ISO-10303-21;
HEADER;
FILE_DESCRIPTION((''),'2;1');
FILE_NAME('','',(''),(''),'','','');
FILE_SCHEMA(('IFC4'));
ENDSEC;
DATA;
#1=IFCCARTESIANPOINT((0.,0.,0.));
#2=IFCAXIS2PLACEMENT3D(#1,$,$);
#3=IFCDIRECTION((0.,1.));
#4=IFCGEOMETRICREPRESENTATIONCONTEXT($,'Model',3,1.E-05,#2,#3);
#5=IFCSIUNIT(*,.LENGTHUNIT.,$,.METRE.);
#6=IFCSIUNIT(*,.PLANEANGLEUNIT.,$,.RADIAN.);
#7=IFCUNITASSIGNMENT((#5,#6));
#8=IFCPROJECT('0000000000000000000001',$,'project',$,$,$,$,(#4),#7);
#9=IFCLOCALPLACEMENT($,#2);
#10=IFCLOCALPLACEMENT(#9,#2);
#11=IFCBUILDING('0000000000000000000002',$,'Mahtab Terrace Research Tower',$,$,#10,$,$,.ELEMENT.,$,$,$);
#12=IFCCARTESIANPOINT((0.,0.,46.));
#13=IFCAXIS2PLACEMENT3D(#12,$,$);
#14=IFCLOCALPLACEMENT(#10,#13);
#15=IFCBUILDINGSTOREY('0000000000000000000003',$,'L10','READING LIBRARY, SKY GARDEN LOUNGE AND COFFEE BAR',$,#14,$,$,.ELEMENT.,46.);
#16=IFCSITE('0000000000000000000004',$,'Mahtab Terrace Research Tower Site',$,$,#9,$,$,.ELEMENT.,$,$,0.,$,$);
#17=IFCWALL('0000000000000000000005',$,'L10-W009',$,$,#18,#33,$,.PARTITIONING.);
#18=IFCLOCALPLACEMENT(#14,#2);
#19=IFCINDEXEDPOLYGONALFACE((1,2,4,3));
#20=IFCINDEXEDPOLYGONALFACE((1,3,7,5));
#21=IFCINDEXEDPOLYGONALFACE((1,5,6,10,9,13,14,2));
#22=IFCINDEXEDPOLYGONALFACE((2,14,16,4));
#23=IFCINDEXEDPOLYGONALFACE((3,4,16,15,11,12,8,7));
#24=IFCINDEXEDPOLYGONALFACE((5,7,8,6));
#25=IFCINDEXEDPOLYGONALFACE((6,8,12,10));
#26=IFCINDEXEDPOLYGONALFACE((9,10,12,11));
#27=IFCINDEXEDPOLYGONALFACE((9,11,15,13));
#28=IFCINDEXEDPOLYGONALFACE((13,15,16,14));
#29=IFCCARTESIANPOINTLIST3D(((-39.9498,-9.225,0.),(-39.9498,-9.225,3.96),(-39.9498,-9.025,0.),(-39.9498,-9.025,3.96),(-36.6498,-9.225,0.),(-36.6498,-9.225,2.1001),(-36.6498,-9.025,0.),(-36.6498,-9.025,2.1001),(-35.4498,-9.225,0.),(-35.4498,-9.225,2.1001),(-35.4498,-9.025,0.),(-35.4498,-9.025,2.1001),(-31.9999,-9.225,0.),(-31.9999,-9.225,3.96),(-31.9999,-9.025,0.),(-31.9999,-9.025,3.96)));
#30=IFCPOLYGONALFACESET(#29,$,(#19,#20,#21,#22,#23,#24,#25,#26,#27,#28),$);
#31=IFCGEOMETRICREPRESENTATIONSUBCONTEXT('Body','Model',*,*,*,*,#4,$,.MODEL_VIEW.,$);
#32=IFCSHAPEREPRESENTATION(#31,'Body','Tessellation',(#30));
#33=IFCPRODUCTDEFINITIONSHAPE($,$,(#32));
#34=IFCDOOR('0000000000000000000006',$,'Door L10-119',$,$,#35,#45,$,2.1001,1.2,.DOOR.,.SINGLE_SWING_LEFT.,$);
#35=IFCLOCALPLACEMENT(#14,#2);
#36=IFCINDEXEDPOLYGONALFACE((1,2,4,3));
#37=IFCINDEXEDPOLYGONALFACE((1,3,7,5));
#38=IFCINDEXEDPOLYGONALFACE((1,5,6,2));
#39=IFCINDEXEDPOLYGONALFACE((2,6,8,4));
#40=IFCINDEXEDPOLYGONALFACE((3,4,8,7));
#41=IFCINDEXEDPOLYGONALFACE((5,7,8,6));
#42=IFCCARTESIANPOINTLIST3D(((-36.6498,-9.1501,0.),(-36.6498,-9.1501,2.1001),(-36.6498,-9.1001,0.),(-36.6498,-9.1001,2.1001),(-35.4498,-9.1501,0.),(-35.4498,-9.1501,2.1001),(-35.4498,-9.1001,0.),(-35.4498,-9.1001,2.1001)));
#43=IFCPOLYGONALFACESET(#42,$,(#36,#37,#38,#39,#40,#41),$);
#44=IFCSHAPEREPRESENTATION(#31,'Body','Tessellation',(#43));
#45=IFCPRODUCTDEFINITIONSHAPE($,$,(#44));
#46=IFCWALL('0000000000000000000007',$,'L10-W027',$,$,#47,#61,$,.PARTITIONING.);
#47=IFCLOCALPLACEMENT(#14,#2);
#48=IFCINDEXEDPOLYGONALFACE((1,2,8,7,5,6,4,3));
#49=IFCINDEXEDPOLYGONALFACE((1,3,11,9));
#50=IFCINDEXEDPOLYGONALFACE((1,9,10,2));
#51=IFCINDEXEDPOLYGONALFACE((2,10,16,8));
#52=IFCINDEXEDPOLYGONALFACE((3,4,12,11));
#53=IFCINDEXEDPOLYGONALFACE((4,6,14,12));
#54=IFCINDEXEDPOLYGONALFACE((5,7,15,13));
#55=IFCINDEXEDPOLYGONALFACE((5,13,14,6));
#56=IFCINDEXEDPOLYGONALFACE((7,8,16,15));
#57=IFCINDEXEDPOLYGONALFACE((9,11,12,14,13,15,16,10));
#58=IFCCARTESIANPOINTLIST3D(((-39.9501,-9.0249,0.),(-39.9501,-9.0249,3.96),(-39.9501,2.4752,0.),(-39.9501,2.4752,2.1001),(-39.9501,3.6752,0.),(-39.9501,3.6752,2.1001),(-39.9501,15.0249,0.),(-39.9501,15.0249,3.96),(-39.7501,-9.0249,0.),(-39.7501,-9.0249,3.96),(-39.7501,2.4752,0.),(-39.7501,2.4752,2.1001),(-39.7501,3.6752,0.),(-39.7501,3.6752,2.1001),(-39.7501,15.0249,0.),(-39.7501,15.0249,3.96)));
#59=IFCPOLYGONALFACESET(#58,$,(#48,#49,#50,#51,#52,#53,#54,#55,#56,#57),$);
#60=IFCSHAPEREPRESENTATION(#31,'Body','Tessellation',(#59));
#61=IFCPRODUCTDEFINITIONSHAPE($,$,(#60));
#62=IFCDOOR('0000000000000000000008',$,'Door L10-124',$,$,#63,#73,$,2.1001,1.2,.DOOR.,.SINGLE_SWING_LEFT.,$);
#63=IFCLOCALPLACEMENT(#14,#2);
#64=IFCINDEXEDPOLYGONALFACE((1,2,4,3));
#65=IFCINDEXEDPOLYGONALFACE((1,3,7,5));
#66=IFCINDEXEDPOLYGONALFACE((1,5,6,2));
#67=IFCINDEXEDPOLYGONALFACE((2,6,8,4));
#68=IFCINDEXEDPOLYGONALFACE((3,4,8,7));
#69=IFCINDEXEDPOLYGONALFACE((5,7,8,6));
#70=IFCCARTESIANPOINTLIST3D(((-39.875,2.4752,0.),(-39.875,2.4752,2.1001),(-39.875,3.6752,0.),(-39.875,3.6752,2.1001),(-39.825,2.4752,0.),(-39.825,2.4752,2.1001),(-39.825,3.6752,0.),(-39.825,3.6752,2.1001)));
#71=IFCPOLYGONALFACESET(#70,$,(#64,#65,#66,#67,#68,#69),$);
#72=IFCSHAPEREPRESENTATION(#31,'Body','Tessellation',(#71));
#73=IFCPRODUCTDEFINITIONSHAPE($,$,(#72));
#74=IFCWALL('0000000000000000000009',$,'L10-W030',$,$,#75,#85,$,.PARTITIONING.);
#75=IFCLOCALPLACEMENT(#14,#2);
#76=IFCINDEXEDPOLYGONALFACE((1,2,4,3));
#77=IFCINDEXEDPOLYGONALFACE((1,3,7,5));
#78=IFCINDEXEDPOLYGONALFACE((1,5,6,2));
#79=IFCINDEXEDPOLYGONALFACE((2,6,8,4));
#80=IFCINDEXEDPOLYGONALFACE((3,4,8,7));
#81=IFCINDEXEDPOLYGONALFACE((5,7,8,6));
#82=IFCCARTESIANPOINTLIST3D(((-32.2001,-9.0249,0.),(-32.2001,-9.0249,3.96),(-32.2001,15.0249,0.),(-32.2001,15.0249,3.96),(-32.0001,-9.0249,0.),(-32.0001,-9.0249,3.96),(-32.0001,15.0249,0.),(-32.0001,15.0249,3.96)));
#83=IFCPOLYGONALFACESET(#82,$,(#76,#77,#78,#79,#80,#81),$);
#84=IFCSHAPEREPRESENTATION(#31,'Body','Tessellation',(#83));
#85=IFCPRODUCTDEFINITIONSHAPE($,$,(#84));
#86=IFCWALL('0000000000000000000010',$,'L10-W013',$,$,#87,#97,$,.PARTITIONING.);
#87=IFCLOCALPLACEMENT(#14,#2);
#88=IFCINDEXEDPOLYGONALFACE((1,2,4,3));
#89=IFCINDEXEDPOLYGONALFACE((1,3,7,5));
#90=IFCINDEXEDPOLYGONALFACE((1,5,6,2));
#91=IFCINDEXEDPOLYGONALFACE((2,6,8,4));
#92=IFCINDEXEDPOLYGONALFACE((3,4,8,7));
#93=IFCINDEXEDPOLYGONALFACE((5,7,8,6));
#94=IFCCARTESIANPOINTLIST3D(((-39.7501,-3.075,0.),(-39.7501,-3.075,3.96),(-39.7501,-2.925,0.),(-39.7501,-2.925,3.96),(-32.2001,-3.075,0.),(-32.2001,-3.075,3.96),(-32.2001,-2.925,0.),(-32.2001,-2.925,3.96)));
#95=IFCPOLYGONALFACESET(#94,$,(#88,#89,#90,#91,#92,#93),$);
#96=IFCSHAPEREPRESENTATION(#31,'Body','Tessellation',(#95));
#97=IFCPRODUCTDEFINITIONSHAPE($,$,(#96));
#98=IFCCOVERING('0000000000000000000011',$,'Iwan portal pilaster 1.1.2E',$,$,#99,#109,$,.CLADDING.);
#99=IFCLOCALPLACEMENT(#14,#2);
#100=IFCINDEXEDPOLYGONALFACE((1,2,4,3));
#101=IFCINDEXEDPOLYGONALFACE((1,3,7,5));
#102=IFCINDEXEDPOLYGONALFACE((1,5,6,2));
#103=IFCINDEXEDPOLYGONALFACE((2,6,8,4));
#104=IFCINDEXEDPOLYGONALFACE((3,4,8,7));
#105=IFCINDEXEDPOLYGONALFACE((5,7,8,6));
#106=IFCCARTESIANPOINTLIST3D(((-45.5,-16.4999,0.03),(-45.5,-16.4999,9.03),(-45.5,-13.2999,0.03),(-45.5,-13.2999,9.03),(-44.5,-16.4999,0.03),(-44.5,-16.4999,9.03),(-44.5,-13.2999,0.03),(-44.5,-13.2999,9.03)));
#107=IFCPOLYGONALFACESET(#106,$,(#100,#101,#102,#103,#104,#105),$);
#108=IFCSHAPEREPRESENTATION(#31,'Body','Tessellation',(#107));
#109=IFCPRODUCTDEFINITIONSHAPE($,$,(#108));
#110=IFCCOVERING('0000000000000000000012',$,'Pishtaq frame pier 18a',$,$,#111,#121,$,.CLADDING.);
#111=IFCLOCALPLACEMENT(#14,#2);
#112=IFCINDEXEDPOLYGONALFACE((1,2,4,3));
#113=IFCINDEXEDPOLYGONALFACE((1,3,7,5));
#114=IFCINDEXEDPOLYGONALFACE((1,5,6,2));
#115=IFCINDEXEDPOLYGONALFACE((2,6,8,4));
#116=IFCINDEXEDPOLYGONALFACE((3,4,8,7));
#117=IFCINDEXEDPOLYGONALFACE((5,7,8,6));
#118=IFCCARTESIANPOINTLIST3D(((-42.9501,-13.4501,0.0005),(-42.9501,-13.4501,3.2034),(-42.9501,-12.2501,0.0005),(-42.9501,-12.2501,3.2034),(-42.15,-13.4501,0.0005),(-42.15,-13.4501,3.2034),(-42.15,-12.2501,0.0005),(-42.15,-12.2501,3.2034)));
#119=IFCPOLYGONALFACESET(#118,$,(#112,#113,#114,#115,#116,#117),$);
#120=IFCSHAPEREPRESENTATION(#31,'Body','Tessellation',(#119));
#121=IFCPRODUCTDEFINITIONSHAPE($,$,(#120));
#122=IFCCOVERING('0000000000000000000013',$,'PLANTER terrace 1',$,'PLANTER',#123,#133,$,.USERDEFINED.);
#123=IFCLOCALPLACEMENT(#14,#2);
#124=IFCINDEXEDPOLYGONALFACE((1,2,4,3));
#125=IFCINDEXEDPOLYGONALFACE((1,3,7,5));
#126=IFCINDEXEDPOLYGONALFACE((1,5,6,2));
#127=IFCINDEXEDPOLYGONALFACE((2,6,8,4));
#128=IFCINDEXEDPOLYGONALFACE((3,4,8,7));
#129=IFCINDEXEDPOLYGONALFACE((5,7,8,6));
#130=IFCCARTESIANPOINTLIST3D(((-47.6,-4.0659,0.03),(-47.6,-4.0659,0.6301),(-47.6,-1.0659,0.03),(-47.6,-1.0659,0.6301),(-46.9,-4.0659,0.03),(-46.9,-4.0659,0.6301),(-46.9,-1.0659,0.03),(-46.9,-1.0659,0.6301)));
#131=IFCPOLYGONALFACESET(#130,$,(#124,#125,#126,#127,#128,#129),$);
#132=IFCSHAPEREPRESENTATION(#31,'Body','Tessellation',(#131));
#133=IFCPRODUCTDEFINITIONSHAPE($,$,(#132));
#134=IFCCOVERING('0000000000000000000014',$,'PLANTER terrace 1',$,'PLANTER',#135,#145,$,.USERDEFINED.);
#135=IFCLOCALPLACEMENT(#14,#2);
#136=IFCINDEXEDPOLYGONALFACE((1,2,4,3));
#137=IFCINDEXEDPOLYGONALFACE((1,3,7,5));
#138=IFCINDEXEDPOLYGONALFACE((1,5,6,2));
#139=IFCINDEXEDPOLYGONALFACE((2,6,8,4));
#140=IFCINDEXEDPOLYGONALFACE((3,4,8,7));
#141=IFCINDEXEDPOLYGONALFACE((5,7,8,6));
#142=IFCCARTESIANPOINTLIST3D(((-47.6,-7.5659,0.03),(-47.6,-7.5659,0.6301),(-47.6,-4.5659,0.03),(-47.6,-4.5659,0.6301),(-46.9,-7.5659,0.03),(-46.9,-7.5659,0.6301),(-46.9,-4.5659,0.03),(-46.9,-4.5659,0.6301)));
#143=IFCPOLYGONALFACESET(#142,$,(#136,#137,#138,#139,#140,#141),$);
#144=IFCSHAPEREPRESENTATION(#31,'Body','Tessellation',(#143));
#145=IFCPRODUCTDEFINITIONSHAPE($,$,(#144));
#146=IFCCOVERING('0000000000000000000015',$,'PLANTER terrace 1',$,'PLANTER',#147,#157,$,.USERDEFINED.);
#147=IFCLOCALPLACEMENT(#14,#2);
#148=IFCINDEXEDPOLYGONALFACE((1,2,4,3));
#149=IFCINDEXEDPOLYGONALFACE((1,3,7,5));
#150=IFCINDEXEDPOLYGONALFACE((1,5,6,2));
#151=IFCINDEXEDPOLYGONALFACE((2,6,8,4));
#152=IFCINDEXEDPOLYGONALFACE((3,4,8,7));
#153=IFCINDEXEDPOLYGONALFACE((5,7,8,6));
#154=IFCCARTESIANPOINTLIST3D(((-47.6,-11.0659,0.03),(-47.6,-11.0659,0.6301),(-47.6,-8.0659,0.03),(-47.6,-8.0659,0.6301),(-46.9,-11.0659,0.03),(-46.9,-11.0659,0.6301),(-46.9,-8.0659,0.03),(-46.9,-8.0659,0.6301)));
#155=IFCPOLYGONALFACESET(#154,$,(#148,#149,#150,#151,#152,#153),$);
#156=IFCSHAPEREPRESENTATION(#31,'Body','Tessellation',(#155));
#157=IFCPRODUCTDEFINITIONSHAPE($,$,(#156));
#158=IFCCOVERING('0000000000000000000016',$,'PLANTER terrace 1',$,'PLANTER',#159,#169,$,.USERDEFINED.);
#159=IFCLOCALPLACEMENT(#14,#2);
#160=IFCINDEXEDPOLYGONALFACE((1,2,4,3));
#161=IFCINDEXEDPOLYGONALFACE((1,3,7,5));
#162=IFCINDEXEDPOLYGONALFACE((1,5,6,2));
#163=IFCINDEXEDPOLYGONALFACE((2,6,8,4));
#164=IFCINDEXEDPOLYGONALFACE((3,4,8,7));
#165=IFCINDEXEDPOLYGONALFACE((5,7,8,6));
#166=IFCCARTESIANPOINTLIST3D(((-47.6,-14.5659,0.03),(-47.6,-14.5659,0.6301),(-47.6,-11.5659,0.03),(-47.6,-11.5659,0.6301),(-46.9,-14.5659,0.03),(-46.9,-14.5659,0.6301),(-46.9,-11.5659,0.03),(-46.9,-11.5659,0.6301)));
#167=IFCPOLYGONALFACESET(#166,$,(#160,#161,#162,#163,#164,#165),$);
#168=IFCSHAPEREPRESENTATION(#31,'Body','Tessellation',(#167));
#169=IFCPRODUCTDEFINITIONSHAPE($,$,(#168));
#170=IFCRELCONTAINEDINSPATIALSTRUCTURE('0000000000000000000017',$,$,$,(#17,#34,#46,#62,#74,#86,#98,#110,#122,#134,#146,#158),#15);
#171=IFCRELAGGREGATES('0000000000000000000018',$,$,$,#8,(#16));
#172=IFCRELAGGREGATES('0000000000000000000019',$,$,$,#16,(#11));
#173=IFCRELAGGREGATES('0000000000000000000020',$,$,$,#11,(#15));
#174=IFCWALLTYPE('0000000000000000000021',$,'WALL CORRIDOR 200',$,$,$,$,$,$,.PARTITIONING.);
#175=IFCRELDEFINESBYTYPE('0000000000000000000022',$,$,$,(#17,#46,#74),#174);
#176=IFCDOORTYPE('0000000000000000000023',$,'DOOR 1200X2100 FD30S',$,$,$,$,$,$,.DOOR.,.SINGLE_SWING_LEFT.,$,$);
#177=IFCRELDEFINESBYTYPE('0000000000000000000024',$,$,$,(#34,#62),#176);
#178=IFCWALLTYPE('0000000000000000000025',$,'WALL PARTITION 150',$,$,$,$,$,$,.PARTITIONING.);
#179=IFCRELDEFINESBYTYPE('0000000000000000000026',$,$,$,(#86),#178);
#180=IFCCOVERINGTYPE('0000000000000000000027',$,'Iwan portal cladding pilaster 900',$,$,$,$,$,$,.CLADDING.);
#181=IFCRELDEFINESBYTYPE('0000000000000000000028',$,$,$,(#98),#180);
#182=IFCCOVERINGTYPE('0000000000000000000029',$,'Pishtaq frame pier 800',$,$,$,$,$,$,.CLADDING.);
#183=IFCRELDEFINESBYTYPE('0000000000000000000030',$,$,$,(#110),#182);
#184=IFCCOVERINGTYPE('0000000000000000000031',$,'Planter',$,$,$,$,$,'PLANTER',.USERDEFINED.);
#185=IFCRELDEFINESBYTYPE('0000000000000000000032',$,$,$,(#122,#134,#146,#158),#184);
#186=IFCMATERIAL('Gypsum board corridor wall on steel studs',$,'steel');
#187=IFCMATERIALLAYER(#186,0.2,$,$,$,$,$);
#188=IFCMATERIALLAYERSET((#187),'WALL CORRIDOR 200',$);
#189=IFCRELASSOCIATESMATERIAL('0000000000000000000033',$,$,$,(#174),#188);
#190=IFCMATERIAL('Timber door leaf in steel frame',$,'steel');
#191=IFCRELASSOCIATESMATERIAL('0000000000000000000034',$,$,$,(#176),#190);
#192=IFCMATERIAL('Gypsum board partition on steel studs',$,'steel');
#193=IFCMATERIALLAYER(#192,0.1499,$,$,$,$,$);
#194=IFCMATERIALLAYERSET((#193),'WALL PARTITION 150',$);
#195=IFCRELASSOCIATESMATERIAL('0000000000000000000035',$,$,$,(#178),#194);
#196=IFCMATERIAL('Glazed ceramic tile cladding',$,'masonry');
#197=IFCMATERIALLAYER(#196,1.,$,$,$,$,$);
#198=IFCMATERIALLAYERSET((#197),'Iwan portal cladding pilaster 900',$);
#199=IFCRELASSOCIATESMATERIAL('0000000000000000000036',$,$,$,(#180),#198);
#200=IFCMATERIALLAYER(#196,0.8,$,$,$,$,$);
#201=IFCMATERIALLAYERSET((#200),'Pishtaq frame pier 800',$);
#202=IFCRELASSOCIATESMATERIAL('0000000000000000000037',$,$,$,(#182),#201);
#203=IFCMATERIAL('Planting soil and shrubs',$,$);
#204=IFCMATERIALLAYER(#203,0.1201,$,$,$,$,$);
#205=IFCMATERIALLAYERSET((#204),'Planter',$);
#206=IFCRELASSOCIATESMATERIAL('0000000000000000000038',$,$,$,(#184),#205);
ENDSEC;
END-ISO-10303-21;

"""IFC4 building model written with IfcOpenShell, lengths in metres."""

from ifc_helpers import new_model, si_unit, direction, frame, frame_2d, origin, origin_2d, place, context, subcontext, project, spatial, rectangle, extrude, material, layer, layer_set, type_object, element, fill, save


model = new_model("IFC4")

# Units and contexts
model_context = context("Model", 3, precision=1e-05, world=origin(), true_north=direction((0.0, 1.0)))
body_context = subcontext(model_context, "Body", "Model", "MODEL_VIEW")
ifc_project = project(units=[si_unit("LENGTHUNIT", "METRE"), si_unit("PLANEANGLEUNIT", "RADIAN")], contexts=[model_context])

# Site, building, storey
site_placement = place(None, origin())
site = spatial("IfcSite", under=ifc_project, at=site_placement, Name="Mahtab Terrace Research Tower Site", CompositionType="ELEMENT", RefElevation=0.0)
building_placement = place(site_placement, origin())
building = spatial("IfcBuilding", under=site, at=building_placement, Name="Mahtab Terrace Research Tower", CompositionType="ELEMENT")
storey_placement = place(building_placement, frame((0.0, 0.0, 46.0)))
storey = spatial("IfcBuildingStorey", under=building, at=storey_placement, Name="L10", Description="READING LIBRARY, SKY GARDEN LOUNGE AND COFFEE BAR", CompositionType="ELEMENT", Elevation=46.0)

# Shared definitions
ifc_material_1 = material(Name="Gypsum board corridor wall on steel studs", Category="steel")
ifc_layer_1 = layer(ifc_material_1, 0.2)
ifc_layer_set_1 = layer_set([ifc_layer_1], Name="WALL CORRIDOR 200")
wall_type_1 = type_object("IfcWallType", Name="WALL CORRIDOR 200", PredefinedType="PARTITIONING", material=ifc_layer_set_1)
ifc_material_2 = material(Name="Timber door leaf in steel frame", Category="steel")
door_type_1 = type_object("IfcDoorType", Name="DOOR 1200X2100 FD30S", OperationType="SINGLE_SWING_LEFT", PredefinedType="DOOR", material=ifc_material_2)

# Walls, openings, doors
wall_1_placement = place(storey_placement, frame((-39.95, -9.125, 0.0), z_axis=(0.0, 0.0, 1.0), x_axis=(1.0, 0.0, 0.0)))
wall_1 = element("IfcWall", 1, at=wall_1_placement, inside=storey, type_object=wall_type_1, Name="L10-W009", PredefinedType="PARTITIONING", context=body_context, shape_type="SweptSolid", body=[
    extrude(rectangle(XDim=7.95, YDim=0.2, at=frame_2d((3.9751, 0.0))), origin(), (0.0, 0.0, 1.0), 3.96),
])
opening_1_placement = place(wall_1_placement, frame((3.3, 0.0, 0.0)))
opening_1 = element("IfcOpeningElement", 2, at=opening_1_placement, cuts=wall_1, PredefinedType="OPENING", context=body_context, shape_type="SweptSolid", body=[
    extrude(rectangle(XDim=1.2, YDim=2.1001, at=frame_2d((0.6001, 1.05))), frame((0.0, 0.1099, 0.0), z_axis=(0.0, -1.0, 0.0), x_axis=(1.0, 0.0, 0.0)), (0.0, 0.0, 1.0), 0.22),
])
door_1_placement = place(opening_1_placement, origin())
door_1 = element("IfcDoor", 3, at=door_1_placement, inside=storey, type_object=door_type_1, Name="Door L10-119", OperationType="SINGLE_SWING_LEFT", OverallHeight=2.1001, OverallWidth=1.2, PredefinedType="DOOR", context=body_context, shape_type="SweptSolid", body=[
    extrude(rectangle(XDim=1.2, YDim=2.1001, at=frame_2d((0.6001, 1.05))), frame((0.0, 0.0249, 0.0), z_axis=(0.0, -1.0, 0.0), x_axis=(1.0, 0.0, 0.0)), (0.0, 0.0, 1.0), 0.05),
])
fill(opening_1, door_1)
wall_2_placement = place(storey_placement, frame((-39.8501, -9.0249, 0.0), z_axis=(0.0, 0.0, 1.0), x_axis=(0.0, 1.0, 0.0)))
wall_2 = element("IfcWall", 4, at=wall_2_placement, inside=storey, type_object=wall_type_1, Name="L10-W027", PredefinedType="PARTITIONING", context=body_context, shape_type="SweptSolid", body=[
    extrude(rectangle(XDim=24.0498, YDim=0.2, at=frame_2d((12.0249, 0.0))), origin(), (0.0, 0.0, 1.0), 3.96),
])
opening_2_placement = place(wall_2_placement, frame((11.5, 0.0, 0.0)))
opening_2 = element("IfcOpeningElement", 5, at=opening_2_placement, cuts=wall_2, PredefinedType="OPENING", context=body_context, shape_type="SweptSolid", body=[
    extrude(rectangle(XDim=1.2, YDim=2.1001, at=frame_2d((0.6001, 1.05))), frame((0.0, 0.1099, 0.0), z_axis=(0.0, -1.0, 0.0), x_axis=(1.0, 0.0, 0.0)), (0.0, 0.0, 1.0), 0.22),
])
door_2_placement = place(opening_2_placement, origin())
door_2 = element("IfcDoor", 6, at=door_2_placement, inside=storey, type_object=door_type_1, Name="Door L10-124", OperationType="SINGLE_SWING_LEFT", OverallHeight=2.1001, OverallWidth=1.2, PredefinedType="DOOR", context=body_context, shape_type="SweptSolid", body=[
    extrude(rectangle(XDim=1.2, YDim=2.1001, at=frame_2d((0.6001, 1.05))), frame((0.0, 0.0249, 0.0), z_axis=(0.0, -1.0, 0.0), x_axis=(1.0, 0.0, 0.0)), (0.0, 0.0, 1.0), 0.05),
])
fill(opening_2, door_2)

# Walls
wall_3_placement = place(storey_placement, frame((-32.1001, -9.0249, 0.0), z_axis=(0.0, 0.0, 1.0), x_axis=(0.0, 1.0, 0.0)))
element("IfcWall", 7, at=wall_3_placement, inside=storey, type_object=wall_type_1, Name="L10-W030", PredefinedType="PARTITIONING", context=body_context, shape_type="SweptSolid", body=[
    extrude(rectangle(XDim=24.0498, YDim=0.2, at=frame_2d((12.0249, 0.0))), origin(), (0.0, 0.0, 1.0), 3.96),
])
ifc_material_3 = material(Name="Gypsum board partition on steel studs", Category="steel")
ifc_layer_2 = layer(ifc_material_3, 0.1499)
ifc_layer_set_2 = layer_set([ifc_layer_2], Name="WALL PARTITION 150")
wall_type_2 = type_object("IfcWallType", Name="WALL PARTITION 150", PredefinedType="PARTITIONING", material=ifc_layer_set_2)
wall_4_placement = place(storey_placement, frame((-39.75, -3.0, 0.0), z_axis=(0.0, 0.0, 1.0), x_axis=(1.0, 0.0, 0.0)))
element("IfcWall", 8, at=wall_4_placement, inside=storey, type_object=wall_type_2, Name="L10-W013", PredefinedType="PARTITIONING", context=body_context, shape_type="SweptSolid", body=[
    extrude(rectangle(XDim=7.55, YDim=0.1499, at=frame_2d((3.7749, 0.0))), origin(), (0.0, 0.0, 1.0), 3.96),
])

# Coverings
ifc_material_4 = material(Name="Glazed ceramic tile cladding", Category="masonry")
ifc_layer_3 = layer(ifc_material_4, 1.0)
ifc_layer_set_3 = layer_set([ifc_layer_3], Name="Iwan portal cladding pilaster 900")
covering_type_1 = type_object("IfcCoveringType", Name="Iwan portal cladding pilaster 900", PredefinedType="CLADDING", material=ifc_layer_set_3)
covering_1_placement = place(storey_placement, frame((-45.0, -14.8999, 0.03), z_axis=(0.0, 0.0, 1.0), x_axis=(0.0, -1.0, 0.0)))
element("IfcCovering", 9, at=covering_1_placement, inside=storey, type_object=covering_type_1, Name="Iwan portal pilaster 1.1.2E", PredefinedType="CLADDING", context=body_context, shape_type="SweptSolid", body=[
    extrude(rectangle(XDim=3.2, YDim=1.0, at=origin_2d()), origin(), (0.0, 0.0, 1.0), 9.0),
])
ifc_layer_4 = layer(ifc_material_4, 0.8)
ifc_layer_set_4 = layer_set([ifc_layer_4], Name="Pishtaq frame pier 800")
covering_type_2 = type_object("IfcCoveringType", Name="Pishtaq frame pier 800", PredefinedType="CLADDING", material=ifc_layer_set_4)
covering_2_placement = place(storey_placement, frame((-42.55, -12.8501, 0.0005), z_axis=(0.0, 0.0, 1.0), x_axis=(0.0, -1.0, 0.0)))
element("IfcCovering", 10, at=covering_2_placement, inside=storey, type_object=covering_type_2, Name="Pishtaq frame pier 18a", PredefinedType="CLADDING", context=body_context, shape_type="SweptSolid", body=[
    extrude(rectangle(XDim=1.2, YDim=0.8, at=origin_2d()), origin(), (0.0, 0.0, 1.0), 3.2029),
])
ifc_material_5 = material(Name="Planting soil and shrubs")
ifc_layer_5 = layer(ifc_material_5, 0.1201)
ifc_layer_set_5 = layer_set([ifc_layer_5], Name="Planter")
covering_type_3 = type_object("IfcCoveringType", Name="Planter", ElementType="PLANTER", PredefinedType="USERDEFINED", material=ifc_layer_set_5)
for number, where, z_axis, x_axis, name in (
    (11, (-47.25, -2.5659, 0.03), (0.0, 0.0, 1.0), (0.0, -1.0, 0.0), "PLANTER terrace 1"),
    (12, (-47.25, -6.0659, 0.03), (0.0, 0.0, 1.0), (0.0, -1.0, 0.0), "PLANTER terrace 1"),
    (13, (-47.25, -9.5659, 0.03), (0.0, 0.0, 1.0), (0.0, -1.0, 0.0), "PLANTER terrace 1"),
    (14, (-47.25, -13.0659, 0.03), (0.0, 0.0, 1.0), (0.0, -1.0, 0.0), "PLANTER terrace 1"),
):
    element("IfcCovering", number, at=place(storey_placement, frame(where, z_axis=z_axis, x_axis=x_axis)), inside=storey, type_object=covering_type_3, Name=name, ObjectType="PLANTER", PredefinedType="USERDEFINED", context=body_context, shape_type="SweptSolid", body=[
        extrude(rectangle(XDim=3.0, YDim=0.7, at=origin_2d()), origin(), (0.0, 0.0, 1.0), 0.6001),
    ])

save(model, "model.ifc")
